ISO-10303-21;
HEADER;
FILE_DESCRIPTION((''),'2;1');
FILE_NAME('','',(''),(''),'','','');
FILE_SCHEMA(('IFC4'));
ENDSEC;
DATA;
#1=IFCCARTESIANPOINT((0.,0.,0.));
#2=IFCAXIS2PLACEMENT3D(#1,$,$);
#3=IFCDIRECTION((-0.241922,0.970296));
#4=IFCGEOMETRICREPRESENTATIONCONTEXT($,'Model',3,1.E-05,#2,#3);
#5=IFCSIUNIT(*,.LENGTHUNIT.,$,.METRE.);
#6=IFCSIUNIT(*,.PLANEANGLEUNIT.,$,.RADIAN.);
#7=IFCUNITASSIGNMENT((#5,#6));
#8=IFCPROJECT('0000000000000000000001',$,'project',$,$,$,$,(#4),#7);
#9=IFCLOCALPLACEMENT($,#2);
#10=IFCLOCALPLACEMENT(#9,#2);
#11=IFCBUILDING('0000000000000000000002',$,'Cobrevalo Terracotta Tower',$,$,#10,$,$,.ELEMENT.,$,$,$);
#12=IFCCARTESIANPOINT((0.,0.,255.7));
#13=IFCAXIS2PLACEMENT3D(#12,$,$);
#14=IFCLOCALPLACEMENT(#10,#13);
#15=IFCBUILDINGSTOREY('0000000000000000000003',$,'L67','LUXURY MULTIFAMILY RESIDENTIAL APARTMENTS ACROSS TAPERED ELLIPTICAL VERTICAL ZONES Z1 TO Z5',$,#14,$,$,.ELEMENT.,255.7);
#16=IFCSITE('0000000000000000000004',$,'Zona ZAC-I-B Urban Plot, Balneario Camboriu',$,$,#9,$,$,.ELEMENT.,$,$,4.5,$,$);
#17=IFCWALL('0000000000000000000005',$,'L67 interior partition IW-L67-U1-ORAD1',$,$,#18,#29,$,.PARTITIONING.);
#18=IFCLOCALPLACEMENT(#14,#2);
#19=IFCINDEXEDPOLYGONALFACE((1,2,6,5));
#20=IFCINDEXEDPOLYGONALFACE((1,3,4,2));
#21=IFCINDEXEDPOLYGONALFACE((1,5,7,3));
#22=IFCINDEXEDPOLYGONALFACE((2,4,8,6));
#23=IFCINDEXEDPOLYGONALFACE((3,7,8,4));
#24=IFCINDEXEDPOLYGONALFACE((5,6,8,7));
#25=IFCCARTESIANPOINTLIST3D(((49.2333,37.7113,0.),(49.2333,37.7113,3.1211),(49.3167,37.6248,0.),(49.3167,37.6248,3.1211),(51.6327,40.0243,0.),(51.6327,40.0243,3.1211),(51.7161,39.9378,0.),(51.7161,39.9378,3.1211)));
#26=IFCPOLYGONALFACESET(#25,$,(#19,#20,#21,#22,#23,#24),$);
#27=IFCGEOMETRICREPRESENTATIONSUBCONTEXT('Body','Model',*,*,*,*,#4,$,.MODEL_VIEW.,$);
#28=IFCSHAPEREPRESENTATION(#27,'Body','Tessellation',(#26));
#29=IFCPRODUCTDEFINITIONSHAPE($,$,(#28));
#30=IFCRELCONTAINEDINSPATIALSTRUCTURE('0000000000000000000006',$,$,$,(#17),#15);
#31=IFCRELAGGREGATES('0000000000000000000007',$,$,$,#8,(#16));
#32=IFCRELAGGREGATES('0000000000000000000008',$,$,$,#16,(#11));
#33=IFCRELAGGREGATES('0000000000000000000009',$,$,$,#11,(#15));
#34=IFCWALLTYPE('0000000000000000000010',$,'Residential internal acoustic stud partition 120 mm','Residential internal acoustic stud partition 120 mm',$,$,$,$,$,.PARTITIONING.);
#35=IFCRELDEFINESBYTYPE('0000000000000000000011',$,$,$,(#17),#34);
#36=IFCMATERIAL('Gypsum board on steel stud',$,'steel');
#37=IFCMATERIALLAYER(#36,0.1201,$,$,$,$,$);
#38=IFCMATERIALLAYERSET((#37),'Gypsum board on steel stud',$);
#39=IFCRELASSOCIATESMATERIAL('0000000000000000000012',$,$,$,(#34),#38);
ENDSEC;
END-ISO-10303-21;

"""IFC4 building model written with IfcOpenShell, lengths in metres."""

from ifc_helpers import new_model, si_unit, direction, frame, frame_2d, origin, place, context, subcontext, project, spatial, rectangle, extrude, material, layer, layer_set, type_object, element, save


model = new_model("IFC4")

# Units and contexts
model_context = context("Model", 3, precision=1e-05, world=origin(), true_north=direction((-0.241922, 0.970296)))
body_context = subcontext(model_context, "Body", "Model", "MODEL_VIEW")
ifc_project = project(units=[si_unit("LENGTHUNIT", "METRE"), si_unit("PLANEANGLEUNIT", "RADIAN")], contexts=[model_context])

# Site, building, storey
site_placement = place(None, origin())
site = spatial("IfcSite", under=ifc_project, at=site_placement, Name="Zona ZAC-I-B Urban Plot, Balneario Camboriu", CompositionType="ELEMENT", RefElevation=4.5)
building_placement = place(site_placement, origin())
building = spatial("IfcBuilding", under=site, at=building_placement, Name="Cobrevalo Terracotta Tower", CompositionType="ELEMENT")
storey_placement = place(building_placement, frame((0.0, 0.0, 255.7)))
storey = spatial("IfcBuildingStorey", under=building, at=storey_placement, Name="L67", Description="LUXURY MULTIFAMILY RESIDENTIAL APARTMENTS ACROSS TAPERED ELLIPTICAL VERTICAL ZONES Z1 TO Z5", CompositionType="ELEMENT", Elevation=255.7)

# Wall
ifc_material_1 = material(Name="Gypsum board on steel stud", Category="steel")
ifc_layer_1 = layer(ifc_material_1, 0.1201)
ifc_layer_set_1 = layer_set([ifc_layer_1], Name="Gypsum board on steel stud")
wall_type = type_object("IfcWallType", Name="Residential internal acoustic stud partition 120 mm", Description="Residential internal acoustic stud partition 120 mm", PredefinedType="PARTITIONING", material=ifc_layer_set_1)
wall_1_placement = place(storey_placement, frame((49.2749, 37.668, 0.0), z_axis=(0.0, 0.0, 1.0), x_axis=(0.719954, 0.694022, 0.0)))
element("IfcWall", 1, at=wall_1_placement, inside=storey, type_object=wall_type, Name="L67 interior partition IW-L67-U1-ORAD1", PredefinedType="PARTITIONING", context=body_context, shape_type="SweptSolid", body=[
    extrude(rectangle(XDim=3.3328, YDim=0.1201, at=frame_2d((1.6665, 0.0))), origin(), (0.0, 0.0, 1.0), 3.1211),
])

save(model, "model.ifc")
